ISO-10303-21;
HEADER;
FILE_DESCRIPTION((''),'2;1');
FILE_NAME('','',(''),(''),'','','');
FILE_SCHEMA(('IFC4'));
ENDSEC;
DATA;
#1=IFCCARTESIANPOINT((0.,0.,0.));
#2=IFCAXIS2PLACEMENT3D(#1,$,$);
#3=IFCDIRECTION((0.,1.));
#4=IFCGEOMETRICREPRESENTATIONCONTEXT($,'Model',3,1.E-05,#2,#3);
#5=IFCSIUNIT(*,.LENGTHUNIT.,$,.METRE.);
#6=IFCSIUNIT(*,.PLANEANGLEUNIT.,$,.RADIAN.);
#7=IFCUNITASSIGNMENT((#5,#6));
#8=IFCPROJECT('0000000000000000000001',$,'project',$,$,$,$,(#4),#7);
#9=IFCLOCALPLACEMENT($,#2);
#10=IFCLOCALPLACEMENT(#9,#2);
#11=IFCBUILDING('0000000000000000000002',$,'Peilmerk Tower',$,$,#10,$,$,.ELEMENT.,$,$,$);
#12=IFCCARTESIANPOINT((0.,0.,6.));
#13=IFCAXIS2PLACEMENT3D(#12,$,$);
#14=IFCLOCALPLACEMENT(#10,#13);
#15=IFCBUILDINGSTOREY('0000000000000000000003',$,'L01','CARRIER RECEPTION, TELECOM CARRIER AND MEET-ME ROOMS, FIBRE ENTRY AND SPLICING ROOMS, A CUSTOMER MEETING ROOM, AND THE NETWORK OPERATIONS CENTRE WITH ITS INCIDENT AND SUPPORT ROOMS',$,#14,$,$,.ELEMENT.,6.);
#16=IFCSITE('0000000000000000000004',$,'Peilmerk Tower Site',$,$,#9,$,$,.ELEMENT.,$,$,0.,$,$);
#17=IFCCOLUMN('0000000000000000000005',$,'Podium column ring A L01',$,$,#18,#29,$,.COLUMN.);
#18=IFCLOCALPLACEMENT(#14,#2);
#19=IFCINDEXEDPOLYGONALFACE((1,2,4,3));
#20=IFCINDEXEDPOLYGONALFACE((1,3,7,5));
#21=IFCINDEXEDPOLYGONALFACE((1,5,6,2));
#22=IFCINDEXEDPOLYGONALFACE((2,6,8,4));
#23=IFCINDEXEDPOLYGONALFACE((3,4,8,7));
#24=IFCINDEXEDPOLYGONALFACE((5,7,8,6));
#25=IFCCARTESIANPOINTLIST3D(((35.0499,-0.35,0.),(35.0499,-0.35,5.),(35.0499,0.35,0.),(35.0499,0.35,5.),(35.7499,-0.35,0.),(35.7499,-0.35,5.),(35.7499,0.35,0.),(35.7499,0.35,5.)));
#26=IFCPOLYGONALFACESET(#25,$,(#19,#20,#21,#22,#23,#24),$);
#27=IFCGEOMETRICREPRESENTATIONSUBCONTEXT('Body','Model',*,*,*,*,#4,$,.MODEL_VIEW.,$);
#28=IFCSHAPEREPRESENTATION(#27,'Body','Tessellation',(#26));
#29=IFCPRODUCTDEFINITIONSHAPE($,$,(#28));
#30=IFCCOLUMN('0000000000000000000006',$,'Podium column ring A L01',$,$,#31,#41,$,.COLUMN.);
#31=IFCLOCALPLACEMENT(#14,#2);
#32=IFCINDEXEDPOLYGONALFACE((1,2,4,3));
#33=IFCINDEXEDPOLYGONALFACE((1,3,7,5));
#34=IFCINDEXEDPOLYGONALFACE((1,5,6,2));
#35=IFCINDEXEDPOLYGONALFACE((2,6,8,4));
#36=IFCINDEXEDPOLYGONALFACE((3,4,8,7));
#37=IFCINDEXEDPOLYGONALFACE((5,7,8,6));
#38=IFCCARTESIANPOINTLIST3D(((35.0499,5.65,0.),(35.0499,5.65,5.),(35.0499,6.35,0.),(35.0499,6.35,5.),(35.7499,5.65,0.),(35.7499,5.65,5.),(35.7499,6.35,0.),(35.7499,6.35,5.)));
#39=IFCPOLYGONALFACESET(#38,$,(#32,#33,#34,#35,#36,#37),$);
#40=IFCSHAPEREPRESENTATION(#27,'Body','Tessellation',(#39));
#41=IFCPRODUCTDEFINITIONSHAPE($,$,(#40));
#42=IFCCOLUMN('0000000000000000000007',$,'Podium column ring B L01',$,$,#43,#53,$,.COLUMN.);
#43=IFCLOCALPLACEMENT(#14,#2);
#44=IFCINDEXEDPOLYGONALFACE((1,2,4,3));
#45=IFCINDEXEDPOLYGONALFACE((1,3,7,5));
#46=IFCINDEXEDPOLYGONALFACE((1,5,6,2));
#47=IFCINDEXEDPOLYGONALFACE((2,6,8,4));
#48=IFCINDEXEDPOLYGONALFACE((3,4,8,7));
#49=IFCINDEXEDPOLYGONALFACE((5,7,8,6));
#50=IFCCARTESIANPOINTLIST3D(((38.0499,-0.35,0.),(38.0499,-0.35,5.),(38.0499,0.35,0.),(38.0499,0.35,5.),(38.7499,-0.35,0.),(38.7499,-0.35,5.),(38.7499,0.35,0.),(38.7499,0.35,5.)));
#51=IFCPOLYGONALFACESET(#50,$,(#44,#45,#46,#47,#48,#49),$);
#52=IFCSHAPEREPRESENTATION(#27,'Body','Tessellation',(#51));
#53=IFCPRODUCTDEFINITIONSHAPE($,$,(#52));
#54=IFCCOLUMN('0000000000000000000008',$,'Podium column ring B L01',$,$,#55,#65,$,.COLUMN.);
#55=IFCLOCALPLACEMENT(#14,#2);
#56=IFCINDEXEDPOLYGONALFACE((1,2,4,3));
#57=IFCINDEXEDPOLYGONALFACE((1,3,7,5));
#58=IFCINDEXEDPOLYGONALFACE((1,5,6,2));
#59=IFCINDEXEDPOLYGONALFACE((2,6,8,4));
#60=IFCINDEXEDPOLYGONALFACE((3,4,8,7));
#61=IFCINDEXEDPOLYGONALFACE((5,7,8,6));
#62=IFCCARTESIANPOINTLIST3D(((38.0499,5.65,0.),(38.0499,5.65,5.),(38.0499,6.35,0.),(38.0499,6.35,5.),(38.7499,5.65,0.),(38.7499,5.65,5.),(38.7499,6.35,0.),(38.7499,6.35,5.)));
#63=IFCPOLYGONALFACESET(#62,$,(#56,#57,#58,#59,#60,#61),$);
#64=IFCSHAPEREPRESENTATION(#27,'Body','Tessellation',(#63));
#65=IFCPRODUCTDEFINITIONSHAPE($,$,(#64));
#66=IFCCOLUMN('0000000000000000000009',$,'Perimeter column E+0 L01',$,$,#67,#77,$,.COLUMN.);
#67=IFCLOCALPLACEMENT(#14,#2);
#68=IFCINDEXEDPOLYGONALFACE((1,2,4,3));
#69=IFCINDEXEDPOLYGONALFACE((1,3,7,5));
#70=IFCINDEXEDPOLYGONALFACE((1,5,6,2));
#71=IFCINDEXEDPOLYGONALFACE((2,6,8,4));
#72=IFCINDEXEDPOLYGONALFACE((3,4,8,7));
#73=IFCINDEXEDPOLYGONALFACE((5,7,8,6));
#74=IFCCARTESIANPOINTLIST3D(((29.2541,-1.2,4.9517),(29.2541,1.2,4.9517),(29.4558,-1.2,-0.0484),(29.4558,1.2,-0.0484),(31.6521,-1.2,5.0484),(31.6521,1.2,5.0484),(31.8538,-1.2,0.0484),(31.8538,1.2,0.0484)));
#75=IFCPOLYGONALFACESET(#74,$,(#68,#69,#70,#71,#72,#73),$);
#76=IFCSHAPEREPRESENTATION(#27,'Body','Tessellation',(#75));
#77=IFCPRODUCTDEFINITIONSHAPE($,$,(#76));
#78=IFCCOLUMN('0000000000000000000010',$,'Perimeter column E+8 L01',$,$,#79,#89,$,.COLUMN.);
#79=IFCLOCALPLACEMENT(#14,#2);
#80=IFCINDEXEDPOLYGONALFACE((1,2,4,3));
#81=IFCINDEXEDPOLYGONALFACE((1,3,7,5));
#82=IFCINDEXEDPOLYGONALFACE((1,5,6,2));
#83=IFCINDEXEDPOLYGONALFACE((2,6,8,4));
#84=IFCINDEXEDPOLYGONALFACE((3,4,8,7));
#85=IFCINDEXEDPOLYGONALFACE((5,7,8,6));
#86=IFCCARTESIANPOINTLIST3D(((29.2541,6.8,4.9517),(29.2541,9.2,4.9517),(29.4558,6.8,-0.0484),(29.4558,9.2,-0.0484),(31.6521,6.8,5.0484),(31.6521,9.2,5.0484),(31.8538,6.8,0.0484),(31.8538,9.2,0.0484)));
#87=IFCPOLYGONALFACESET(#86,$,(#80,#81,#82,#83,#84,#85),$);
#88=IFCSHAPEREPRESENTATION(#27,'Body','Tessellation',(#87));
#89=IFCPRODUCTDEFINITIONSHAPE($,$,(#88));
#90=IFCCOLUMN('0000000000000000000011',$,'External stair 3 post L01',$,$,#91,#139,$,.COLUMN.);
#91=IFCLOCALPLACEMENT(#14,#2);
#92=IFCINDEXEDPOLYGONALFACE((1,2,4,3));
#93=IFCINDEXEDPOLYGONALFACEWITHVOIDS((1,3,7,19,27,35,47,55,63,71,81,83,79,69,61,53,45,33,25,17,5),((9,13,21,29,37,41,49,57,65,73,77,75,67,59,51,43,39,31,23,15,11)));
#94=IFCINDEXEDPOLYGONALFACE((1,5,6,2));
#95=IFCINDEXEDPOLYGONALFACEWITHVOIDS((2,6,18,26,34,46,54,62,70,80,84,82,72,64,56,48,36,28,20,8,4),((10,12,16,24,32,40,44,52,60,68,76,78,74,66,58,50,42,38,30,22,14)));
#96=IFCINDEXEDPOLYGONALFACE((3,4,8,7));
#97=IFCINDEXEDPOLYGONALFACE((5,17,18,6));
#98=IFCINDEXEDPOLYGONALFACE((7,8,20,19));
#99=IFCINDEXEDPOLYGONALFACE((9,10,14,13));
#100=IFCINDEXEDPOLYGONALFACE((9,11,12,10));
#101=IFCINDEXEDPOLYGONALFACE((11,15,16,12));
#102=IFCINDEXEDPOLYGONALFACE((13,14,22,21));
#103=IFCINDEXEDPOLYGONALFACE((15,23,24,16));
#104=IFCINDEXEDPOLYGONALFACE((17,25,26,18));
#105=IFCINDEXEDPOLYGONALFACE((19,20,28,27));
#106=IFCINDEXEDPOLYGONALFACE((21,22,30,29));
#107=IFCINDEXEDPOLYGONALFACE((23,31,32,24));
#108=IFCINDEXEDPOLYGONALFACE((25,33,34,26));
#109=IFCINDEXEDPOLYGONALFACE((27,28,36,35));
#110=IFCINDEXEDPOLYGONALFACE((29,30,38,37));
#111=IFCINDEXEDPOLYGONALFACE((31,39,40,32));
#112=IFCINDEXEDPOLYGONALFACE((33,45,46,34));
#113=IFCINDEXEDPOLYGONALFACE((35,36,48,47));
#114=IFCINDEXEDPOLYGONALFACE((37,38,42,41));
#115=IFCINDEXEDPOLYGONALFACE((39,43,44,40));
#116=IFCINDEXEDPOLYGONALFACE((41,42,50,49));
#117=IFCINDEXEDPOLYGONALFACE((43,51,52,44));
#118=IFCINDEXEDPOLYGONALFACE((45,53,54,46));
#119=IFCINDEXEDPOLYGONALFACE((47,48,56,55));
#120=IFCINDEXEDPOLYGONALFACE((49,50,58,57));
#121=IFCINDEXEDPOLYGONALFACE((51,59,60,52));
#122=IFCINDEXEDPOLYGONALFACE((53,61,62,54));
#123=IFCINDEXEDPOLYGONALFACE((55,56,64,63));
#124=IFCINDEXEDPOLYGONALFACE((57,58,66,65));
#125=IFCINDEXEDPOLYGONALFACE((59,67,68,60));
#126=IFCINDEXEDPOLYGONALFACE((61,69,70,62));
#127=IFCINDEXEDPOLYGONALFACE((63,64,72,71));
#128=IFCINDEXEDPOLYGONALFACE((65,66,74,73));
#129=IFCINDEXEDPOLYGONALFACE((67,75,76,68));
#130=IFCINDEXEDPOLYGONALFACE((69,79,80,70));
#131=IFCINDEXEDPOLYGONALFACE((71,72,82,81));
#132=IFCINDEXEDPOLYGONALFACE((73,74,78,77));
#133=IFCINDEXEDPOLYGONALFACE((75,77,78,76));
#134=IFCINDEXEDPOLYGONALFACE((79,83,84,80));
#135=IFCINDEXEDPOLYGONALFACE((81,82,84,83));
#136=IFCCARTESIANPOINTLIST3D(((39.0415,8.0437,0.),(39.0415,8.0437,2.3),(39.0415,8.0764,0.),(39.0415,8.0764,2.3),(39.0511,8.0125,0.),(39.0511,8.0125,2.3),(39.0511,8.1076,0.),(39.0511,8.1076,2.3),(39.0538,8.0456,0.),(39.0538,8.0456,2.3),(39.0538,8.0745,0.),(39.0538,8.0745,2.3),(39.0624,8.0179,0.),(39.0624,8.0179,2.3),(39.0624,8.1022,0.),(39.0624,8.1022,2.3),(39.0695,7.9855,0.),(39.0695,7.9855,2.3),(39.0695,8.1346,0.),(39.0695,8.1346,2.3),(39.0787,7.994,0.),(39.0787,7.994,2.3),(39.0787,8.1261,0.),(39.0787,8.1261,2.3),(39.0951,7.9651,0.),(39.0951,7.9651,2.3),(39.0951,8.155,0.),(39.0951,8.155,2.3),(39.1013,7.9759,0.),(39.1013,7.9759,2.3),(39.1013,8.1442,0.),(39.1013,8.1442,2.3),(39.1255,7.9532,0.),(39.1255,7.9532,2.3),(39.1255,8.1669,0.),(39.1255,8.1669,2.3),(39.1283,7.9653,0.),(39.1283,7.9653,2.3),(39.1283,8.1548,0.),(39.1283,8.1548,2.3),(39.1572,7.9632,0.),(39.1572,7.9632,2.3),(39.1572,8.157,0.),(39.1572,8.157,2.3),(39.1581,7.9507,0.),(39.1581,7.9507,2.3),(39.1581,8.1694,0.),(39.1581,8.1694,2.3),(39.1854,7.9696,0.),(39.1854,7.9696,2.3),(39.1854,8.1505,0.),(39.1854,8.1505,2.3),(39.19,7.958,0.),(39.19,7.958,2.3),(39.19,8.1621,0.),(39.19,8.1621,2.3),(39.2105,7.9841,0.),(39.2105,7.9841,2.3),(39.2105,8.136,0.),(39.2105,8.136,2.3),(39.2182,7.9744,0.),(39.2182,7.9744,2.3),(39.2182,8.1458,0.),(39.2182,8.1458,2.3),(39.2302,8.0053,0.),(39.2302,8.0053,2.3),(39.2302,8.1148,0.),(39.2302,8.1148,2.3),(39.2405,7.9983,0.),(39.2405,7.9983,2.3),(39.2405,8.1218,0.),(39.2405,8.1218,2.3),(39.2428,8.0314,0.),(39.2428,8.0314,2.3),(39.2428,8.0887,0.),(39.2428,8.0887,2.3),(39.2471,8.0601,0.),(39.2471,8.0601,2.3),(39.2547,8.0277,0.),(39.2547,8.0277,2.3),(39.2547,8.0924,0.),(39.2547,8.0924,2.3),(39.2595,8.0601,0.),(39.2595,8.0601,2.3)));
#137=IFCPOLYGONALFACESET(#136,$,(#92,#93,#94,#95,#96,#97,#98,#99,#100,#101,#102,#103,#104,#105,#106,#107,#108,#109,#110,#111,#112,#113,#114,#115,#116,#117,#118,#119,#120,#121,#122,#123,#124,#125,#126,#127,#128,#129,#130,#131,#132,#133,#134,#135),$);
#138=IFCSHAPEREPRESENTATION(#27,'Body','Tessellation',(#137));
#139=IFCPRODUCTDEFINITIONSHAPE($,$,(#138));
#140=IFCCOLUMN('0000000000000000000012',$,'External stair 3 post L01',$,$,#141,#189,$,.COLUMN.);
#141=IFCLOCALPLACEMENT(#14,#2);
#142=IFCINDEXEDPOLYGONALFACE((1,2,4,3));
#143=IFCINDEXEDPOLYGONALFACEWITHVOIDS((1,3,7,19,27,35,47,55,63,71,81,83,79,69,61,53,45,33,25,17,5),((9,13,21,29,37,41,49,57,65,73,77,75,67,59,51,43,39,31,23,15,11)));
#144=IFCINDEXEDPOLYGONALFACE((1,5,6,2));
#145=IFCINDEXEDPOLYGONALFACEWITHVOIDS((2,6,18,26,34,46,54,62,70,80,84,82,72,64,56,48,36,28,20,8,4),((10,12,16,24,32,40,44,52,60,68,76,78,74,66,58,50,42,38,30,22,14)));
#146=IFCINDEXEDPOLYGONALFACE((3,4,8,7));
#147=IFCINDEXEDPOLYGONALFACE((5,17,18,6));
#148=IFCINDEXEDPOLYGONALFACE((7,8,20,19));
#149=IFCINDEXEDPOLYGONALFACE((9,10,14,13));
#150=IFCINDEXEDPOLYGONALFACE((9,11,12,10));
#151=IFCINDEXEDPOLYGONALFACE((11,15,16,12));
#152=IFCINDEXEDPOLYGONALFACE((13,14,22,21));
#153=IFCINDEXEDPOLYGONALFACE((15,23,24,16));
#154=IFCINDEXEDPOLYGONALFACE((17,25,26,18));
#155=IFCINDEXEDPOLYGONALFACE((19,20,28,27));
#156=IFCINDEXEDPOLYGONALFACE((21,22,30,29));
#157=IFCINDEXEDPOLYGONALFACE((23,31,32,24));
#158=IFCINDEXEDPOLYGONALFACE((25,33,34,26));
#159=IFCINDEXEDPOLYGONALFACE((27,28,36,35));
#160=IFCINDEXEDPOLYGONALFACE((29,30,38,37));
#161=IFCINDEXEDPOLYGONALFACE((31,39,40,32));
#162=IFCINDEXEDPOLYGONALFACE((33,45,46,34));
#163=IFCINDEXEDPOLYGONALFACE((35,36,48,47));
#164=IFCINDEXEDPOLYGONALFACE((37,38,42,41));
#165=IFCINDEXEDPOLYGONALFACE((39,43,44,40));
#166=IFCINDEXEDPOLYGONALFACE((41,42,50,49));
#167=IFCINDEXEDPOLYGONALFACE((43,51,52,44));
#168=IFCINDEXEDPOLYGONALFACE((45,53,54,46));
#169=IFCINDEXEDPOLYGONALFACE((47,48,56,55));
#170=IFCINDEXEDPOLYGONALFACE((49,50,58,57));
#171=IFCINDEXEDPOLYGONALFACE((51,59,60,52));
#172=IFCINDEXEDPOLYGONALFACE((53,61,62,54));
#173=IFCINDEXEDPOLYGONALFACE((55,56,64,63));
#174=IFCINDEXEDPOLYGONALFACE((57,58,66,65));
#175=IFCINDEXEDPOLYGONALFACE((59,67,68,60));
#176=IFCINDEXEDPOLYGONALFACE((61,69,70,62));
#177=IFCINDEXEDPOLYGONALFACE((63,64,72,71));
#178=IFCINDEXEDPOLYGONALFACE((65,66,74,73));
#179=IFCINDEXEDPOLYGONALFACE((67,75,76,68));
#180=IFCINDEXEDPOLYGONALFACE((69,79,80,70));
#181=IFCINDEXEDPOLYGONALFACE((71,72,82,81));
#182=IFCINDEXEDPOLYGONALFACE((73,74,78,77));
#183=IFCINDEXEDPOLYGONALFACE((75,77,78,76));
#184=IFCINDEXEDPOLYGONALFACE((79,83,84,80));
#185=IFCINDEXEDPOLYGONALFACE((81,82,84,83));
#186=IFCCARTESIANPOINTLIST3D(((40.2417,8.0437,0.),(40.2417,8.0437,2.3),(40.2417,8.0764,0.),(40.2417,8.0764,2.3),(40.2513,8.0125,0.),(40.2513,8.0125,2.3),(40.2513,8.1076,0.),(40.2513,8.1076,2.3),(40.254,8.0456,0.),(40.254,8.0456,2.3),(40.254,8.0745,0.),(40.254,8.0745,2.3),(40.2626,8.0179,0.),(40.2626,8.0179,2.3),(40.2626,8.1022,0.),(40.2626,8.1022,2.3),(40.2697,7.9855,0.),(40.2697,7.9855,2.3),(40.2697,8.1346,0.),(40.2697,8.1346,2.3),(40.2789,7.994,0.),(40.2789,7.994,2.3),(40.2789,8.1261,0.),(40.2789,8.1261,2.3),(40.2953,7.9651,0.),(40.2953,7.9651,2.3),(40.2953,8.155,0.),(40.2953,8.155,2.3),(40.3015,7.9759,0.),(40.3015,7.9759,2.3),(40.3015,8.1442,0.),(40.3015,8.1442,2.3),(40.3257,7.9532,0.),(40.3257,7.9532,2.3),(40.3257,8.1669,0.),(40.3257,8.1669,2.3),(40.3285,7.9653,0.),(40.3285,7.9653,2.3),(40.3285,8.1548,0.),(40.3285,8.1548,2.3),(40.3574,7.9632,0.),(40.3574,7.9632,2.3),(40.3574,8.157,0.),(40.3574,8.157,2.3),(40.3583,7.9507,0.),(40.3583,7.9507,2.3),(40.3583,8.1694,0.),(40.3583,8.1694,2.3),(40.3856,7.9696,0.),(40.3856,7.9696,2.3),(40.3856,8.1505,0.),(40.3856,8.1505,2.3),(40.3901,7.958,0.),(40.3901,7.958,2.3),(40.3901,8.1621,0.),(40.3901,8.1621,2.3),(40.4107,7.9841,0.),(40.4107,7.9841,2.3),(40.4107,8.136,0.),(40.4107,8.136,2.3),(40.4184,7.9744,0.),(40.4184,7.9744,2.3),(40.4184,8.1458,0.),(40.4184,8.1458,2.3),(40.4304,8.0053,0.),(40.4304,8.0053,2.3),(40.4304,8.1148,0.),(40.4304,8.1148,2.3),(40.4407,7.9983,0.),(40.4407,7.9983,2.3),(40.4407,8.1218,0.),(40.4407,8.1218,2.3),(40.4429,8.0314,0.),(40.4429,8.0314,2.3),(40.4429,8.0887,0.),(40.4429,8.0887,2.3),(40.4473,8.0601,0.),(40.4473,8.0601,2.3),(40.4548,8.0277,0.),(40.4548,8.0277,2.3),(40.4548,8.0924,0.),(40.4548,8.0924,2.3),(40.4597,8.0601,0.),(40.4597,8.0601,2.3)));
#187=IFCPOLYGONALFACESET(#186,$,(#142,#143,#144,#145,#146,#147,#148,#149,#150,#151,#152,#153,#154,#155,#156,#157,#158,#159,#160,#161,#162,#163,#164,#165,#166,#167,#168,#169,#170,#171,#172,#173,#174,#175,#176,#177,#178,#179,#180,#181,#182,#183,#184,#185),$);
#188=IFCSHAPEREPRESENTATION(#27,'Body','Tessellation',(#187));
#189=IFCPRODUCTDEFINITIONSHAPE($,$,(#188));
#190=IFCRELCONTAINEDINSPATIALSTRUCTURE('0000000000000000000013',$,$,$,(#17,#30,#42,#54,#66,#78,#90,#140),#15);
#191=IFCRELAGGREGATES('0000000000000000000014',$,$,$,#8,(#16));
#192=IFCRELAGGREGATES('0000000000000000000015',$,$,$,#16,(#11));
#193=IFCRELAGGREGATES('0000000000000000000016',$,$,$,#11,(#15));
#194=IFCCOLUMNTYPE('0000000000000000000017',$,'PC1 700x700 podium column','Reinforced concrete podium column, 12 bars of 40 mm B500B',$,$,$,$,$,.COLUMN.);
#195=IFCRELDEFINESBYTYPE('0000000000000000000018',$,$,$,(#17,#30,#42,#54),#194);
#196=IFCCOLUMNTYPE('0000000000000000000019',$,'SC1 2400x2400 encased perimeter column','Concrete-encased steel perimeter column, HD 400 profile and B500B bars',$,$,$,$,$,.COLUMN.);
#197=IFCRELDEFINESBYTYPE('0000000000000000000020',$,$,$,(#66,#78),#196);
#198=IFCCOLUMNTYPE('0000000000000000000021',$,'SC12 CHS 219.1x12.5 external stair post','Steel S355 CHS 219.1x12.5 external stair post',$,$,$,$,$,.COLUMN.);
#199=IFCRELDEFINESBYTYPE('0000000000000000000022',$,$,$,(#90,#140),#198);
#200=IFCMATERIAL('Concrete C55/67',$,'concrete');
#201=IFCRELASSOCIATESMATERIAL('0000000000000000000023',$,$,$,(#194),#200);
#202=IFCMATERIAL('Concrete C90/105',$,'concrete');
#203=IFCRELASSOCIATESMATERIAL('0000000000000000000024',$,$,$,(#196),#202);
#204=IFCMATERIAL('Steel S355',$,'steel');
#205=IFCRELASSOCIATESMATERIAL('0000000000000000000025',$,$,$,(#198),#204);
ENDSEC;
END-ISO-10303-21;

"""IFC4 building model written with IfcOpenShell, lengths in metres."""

from ifc_helpers import new_model, si_unit, direction, frame, origin, origin_2d, place, context, subcontext, project, spatial, rectangle, hollow_circle, extrude, material, material_profile, profile_set, type_object, element, save


model = new_model("IFC4")

# Units and contexts
model_context = context("Model", 3, precision=1e-05, world=origin(), true_north=direction((0.0, 1.0)))
body_context = subcontext(model_context, "Body", "Model", "MODEL_VIEW")
ifc_project = project(units=[si_unit("LENGTHUNIT", "METRE"), si_unit("PLANEANGLEUNIT", "RADIAN")], contexts=[model_context])

# Site, building, storey
site_placement = place(None, origin())
site = spatial("IfcSite", under=ifc_project, at=site_placement, Name="Peilmerk Tower Site", CompositionType="ELEMENT", RefElevation=0.0)
building_placement = place(site_placement, origin())
building = spatial("IfcBuilding", under=site, at=building_placement, Name="Peilmerk Tower", CompositionType="ELEMENT")
storey_placement = place(building_placement, frame((0.0, 0.0, 6.0)))
storey = spatial("IfcBuildingStorey", under=building, at=storey_placement, Name="L01", Description="CARRIER RECEPTION, TELECOM CARRIER AND MEET-ME ROOMS, FIBRE ENTRY AND SPLICING ROOMS, A CUSTOMER MEETING ROOM, AND THE NETWORK OPERATIONS CENTRE WITH ITS INCIDENT AND SUPPORT ROOMS", CompositionType="ELEMENT", Elevation=6.0)

# Columns
ifc_material_1 = material(Name="Concrete C55/67", Category="concrete")
ifc_material_profile_1 = material_profile(ifc_material_1, rectangle(XDim=0.7, YDim=0.7, at=origin_2d()), Name="RC 700x700")
ifc_profile_set_1 = profile_set([ifc_material_profile_1], Name="Concrete C55/67")
column_type_1 = type_object("IfcColumnType", Name="PC1 700x700 podium column", Description="Reinforced concrete podium column, 12 bars of 40 mm B500B", PredefinedType="COLUMN", material=ifc_profile_set_1)
for number, where, z_axis, x_axis, name in (
    (1, (35.3999, 0.0, 0.0), (0.0, 0.0, 1.0), (1.0, 0.0, 0.0), "Podium column ring A L01"),
    (2, (35.3999, 6.0, 0.0), (0.0, 0.0, 1.0), (1.0, 0.0, 0.0), "Podium column ring A L01"),
    (3, (38.3999, 0.0, 0.0), (0.0, 0.0, 1.0), (1.0, 0.0, 0.0), "Podium column ring B L01"),
    (4, (38.3999, 6.0, 0.0), (0.0, 0.0, 1.0), (1.0, 0.0, 0.0), "Podium column ring B L01"),
):
    element("IfcColumn", number, at=place(storey_placement, frame(where, z_axis=z_axis, x_axis=x_axis)), inside=storey, type_object=column_type_1, Name=name, PredefinedType="COLUMN", context=body_context, shape_type="SweptSolid", body=[
        extrude(rectangle(XDim=0.7, YDim=0.7, at=origin_2d()), origin(), (0.0, 0.0, 1.0), 5.0),
    ])
ifc_material_2 = material(Name="Concrete C90/105", Category="concrete")
ifc_material_profile_2 = material_profile(ifc_material_2, rectangle(XDim=2.3999, YDim=2.3999, at=origin_2d()), Name="RC 2400x2400")
ifc_profile_set_2 = profile_set([ifc_material_profile_2], Name="Concrete C90/105")
column_type_2 = type_object("IfcColumnType", Name="SC1 2400x2400 encased perimeter column", Description="Concrete-encased steel perimeter column, HD 400 profile and B500B bars", PredefinedType="COLUMN", material=ifc_profile_set_2)
for number, where, z_axis, x_axis, name in (
    (5, (30.6548, 0.0, 0.0), (-0.040299, 0.0, 0.999188), (0.0, -1.0, 0.0), "Perimeter column E+0 L01"),
    (6, (30.6548, 8.0, 0.0), (-0.040299, 0.0, 0.999188), (0.0, -1.0, 0.0), "Perimeter column E+8 L01"),
):
    element("IfcColumn", number, at=place(storey_placement, frame(where, z_axis=z_axis, x_axis=x_axis)), inside=storey, type_object=column_type_2, Name=name, PredefinedType="COLUMN", context=body_context, shape_type="SweptSolid", body=[
        extrude(rectangle(XDim=2.3999, YDim=2.3999, at=origin_2d()), origin(), (0.0, 0.0, 1.0), 5.0042),
    ])
ifc_material_3 = material(Name="Steel S355", Category="steel")
ifc_material_profile_3 = material_profile(ifc_material_3, hollow_circle(Radius=0.1096, WallThickness=0.0125, at=origin_2d()), Name="CHS 219.1x12.5")
ifc_profile_set_3 = profile_set([ifc_material_profile_3], Name="Steel S355")
column_type_3 = type_object("IfcColumnType", Name="SC12 CHS 219.1x12.5 external stair post", Description="Steel S355 CHS 219.1x12.5 external stair post", PredefinedType="COLUMN", material=ifc_profile_set_3)
for number, where, z_axis, x_axis, name in (
    (7, (39.1499, 8.0601, 0.0), (0.0, 0.0, 1.0), (1.0, 0.0, 0.0), "External stair 3 post L01"),
    (8, (40.3501, 8.0601, 0.0), (0.0, 0.0, 1.0), (1.0, 0.0, 0.0), "External stair 3 post L01"),
):
    element("IfcColumn", number, at=place(storey_placement, frame(where, z_axis=z_axis, x_axis=x_axis)), inside=storey, type_object=column_type_3, Name=name, PredefinedType="COLUMN", context=body_context, shape_type="SweptSolid", body=[
        extrude(hollow_circle(Radius=0.1096, WallThickness=0.0125, at=origin_2d()), origin(), (0.0, 0.0, 1.0), 2.3),
    ])

save(model, "model.ifc")
